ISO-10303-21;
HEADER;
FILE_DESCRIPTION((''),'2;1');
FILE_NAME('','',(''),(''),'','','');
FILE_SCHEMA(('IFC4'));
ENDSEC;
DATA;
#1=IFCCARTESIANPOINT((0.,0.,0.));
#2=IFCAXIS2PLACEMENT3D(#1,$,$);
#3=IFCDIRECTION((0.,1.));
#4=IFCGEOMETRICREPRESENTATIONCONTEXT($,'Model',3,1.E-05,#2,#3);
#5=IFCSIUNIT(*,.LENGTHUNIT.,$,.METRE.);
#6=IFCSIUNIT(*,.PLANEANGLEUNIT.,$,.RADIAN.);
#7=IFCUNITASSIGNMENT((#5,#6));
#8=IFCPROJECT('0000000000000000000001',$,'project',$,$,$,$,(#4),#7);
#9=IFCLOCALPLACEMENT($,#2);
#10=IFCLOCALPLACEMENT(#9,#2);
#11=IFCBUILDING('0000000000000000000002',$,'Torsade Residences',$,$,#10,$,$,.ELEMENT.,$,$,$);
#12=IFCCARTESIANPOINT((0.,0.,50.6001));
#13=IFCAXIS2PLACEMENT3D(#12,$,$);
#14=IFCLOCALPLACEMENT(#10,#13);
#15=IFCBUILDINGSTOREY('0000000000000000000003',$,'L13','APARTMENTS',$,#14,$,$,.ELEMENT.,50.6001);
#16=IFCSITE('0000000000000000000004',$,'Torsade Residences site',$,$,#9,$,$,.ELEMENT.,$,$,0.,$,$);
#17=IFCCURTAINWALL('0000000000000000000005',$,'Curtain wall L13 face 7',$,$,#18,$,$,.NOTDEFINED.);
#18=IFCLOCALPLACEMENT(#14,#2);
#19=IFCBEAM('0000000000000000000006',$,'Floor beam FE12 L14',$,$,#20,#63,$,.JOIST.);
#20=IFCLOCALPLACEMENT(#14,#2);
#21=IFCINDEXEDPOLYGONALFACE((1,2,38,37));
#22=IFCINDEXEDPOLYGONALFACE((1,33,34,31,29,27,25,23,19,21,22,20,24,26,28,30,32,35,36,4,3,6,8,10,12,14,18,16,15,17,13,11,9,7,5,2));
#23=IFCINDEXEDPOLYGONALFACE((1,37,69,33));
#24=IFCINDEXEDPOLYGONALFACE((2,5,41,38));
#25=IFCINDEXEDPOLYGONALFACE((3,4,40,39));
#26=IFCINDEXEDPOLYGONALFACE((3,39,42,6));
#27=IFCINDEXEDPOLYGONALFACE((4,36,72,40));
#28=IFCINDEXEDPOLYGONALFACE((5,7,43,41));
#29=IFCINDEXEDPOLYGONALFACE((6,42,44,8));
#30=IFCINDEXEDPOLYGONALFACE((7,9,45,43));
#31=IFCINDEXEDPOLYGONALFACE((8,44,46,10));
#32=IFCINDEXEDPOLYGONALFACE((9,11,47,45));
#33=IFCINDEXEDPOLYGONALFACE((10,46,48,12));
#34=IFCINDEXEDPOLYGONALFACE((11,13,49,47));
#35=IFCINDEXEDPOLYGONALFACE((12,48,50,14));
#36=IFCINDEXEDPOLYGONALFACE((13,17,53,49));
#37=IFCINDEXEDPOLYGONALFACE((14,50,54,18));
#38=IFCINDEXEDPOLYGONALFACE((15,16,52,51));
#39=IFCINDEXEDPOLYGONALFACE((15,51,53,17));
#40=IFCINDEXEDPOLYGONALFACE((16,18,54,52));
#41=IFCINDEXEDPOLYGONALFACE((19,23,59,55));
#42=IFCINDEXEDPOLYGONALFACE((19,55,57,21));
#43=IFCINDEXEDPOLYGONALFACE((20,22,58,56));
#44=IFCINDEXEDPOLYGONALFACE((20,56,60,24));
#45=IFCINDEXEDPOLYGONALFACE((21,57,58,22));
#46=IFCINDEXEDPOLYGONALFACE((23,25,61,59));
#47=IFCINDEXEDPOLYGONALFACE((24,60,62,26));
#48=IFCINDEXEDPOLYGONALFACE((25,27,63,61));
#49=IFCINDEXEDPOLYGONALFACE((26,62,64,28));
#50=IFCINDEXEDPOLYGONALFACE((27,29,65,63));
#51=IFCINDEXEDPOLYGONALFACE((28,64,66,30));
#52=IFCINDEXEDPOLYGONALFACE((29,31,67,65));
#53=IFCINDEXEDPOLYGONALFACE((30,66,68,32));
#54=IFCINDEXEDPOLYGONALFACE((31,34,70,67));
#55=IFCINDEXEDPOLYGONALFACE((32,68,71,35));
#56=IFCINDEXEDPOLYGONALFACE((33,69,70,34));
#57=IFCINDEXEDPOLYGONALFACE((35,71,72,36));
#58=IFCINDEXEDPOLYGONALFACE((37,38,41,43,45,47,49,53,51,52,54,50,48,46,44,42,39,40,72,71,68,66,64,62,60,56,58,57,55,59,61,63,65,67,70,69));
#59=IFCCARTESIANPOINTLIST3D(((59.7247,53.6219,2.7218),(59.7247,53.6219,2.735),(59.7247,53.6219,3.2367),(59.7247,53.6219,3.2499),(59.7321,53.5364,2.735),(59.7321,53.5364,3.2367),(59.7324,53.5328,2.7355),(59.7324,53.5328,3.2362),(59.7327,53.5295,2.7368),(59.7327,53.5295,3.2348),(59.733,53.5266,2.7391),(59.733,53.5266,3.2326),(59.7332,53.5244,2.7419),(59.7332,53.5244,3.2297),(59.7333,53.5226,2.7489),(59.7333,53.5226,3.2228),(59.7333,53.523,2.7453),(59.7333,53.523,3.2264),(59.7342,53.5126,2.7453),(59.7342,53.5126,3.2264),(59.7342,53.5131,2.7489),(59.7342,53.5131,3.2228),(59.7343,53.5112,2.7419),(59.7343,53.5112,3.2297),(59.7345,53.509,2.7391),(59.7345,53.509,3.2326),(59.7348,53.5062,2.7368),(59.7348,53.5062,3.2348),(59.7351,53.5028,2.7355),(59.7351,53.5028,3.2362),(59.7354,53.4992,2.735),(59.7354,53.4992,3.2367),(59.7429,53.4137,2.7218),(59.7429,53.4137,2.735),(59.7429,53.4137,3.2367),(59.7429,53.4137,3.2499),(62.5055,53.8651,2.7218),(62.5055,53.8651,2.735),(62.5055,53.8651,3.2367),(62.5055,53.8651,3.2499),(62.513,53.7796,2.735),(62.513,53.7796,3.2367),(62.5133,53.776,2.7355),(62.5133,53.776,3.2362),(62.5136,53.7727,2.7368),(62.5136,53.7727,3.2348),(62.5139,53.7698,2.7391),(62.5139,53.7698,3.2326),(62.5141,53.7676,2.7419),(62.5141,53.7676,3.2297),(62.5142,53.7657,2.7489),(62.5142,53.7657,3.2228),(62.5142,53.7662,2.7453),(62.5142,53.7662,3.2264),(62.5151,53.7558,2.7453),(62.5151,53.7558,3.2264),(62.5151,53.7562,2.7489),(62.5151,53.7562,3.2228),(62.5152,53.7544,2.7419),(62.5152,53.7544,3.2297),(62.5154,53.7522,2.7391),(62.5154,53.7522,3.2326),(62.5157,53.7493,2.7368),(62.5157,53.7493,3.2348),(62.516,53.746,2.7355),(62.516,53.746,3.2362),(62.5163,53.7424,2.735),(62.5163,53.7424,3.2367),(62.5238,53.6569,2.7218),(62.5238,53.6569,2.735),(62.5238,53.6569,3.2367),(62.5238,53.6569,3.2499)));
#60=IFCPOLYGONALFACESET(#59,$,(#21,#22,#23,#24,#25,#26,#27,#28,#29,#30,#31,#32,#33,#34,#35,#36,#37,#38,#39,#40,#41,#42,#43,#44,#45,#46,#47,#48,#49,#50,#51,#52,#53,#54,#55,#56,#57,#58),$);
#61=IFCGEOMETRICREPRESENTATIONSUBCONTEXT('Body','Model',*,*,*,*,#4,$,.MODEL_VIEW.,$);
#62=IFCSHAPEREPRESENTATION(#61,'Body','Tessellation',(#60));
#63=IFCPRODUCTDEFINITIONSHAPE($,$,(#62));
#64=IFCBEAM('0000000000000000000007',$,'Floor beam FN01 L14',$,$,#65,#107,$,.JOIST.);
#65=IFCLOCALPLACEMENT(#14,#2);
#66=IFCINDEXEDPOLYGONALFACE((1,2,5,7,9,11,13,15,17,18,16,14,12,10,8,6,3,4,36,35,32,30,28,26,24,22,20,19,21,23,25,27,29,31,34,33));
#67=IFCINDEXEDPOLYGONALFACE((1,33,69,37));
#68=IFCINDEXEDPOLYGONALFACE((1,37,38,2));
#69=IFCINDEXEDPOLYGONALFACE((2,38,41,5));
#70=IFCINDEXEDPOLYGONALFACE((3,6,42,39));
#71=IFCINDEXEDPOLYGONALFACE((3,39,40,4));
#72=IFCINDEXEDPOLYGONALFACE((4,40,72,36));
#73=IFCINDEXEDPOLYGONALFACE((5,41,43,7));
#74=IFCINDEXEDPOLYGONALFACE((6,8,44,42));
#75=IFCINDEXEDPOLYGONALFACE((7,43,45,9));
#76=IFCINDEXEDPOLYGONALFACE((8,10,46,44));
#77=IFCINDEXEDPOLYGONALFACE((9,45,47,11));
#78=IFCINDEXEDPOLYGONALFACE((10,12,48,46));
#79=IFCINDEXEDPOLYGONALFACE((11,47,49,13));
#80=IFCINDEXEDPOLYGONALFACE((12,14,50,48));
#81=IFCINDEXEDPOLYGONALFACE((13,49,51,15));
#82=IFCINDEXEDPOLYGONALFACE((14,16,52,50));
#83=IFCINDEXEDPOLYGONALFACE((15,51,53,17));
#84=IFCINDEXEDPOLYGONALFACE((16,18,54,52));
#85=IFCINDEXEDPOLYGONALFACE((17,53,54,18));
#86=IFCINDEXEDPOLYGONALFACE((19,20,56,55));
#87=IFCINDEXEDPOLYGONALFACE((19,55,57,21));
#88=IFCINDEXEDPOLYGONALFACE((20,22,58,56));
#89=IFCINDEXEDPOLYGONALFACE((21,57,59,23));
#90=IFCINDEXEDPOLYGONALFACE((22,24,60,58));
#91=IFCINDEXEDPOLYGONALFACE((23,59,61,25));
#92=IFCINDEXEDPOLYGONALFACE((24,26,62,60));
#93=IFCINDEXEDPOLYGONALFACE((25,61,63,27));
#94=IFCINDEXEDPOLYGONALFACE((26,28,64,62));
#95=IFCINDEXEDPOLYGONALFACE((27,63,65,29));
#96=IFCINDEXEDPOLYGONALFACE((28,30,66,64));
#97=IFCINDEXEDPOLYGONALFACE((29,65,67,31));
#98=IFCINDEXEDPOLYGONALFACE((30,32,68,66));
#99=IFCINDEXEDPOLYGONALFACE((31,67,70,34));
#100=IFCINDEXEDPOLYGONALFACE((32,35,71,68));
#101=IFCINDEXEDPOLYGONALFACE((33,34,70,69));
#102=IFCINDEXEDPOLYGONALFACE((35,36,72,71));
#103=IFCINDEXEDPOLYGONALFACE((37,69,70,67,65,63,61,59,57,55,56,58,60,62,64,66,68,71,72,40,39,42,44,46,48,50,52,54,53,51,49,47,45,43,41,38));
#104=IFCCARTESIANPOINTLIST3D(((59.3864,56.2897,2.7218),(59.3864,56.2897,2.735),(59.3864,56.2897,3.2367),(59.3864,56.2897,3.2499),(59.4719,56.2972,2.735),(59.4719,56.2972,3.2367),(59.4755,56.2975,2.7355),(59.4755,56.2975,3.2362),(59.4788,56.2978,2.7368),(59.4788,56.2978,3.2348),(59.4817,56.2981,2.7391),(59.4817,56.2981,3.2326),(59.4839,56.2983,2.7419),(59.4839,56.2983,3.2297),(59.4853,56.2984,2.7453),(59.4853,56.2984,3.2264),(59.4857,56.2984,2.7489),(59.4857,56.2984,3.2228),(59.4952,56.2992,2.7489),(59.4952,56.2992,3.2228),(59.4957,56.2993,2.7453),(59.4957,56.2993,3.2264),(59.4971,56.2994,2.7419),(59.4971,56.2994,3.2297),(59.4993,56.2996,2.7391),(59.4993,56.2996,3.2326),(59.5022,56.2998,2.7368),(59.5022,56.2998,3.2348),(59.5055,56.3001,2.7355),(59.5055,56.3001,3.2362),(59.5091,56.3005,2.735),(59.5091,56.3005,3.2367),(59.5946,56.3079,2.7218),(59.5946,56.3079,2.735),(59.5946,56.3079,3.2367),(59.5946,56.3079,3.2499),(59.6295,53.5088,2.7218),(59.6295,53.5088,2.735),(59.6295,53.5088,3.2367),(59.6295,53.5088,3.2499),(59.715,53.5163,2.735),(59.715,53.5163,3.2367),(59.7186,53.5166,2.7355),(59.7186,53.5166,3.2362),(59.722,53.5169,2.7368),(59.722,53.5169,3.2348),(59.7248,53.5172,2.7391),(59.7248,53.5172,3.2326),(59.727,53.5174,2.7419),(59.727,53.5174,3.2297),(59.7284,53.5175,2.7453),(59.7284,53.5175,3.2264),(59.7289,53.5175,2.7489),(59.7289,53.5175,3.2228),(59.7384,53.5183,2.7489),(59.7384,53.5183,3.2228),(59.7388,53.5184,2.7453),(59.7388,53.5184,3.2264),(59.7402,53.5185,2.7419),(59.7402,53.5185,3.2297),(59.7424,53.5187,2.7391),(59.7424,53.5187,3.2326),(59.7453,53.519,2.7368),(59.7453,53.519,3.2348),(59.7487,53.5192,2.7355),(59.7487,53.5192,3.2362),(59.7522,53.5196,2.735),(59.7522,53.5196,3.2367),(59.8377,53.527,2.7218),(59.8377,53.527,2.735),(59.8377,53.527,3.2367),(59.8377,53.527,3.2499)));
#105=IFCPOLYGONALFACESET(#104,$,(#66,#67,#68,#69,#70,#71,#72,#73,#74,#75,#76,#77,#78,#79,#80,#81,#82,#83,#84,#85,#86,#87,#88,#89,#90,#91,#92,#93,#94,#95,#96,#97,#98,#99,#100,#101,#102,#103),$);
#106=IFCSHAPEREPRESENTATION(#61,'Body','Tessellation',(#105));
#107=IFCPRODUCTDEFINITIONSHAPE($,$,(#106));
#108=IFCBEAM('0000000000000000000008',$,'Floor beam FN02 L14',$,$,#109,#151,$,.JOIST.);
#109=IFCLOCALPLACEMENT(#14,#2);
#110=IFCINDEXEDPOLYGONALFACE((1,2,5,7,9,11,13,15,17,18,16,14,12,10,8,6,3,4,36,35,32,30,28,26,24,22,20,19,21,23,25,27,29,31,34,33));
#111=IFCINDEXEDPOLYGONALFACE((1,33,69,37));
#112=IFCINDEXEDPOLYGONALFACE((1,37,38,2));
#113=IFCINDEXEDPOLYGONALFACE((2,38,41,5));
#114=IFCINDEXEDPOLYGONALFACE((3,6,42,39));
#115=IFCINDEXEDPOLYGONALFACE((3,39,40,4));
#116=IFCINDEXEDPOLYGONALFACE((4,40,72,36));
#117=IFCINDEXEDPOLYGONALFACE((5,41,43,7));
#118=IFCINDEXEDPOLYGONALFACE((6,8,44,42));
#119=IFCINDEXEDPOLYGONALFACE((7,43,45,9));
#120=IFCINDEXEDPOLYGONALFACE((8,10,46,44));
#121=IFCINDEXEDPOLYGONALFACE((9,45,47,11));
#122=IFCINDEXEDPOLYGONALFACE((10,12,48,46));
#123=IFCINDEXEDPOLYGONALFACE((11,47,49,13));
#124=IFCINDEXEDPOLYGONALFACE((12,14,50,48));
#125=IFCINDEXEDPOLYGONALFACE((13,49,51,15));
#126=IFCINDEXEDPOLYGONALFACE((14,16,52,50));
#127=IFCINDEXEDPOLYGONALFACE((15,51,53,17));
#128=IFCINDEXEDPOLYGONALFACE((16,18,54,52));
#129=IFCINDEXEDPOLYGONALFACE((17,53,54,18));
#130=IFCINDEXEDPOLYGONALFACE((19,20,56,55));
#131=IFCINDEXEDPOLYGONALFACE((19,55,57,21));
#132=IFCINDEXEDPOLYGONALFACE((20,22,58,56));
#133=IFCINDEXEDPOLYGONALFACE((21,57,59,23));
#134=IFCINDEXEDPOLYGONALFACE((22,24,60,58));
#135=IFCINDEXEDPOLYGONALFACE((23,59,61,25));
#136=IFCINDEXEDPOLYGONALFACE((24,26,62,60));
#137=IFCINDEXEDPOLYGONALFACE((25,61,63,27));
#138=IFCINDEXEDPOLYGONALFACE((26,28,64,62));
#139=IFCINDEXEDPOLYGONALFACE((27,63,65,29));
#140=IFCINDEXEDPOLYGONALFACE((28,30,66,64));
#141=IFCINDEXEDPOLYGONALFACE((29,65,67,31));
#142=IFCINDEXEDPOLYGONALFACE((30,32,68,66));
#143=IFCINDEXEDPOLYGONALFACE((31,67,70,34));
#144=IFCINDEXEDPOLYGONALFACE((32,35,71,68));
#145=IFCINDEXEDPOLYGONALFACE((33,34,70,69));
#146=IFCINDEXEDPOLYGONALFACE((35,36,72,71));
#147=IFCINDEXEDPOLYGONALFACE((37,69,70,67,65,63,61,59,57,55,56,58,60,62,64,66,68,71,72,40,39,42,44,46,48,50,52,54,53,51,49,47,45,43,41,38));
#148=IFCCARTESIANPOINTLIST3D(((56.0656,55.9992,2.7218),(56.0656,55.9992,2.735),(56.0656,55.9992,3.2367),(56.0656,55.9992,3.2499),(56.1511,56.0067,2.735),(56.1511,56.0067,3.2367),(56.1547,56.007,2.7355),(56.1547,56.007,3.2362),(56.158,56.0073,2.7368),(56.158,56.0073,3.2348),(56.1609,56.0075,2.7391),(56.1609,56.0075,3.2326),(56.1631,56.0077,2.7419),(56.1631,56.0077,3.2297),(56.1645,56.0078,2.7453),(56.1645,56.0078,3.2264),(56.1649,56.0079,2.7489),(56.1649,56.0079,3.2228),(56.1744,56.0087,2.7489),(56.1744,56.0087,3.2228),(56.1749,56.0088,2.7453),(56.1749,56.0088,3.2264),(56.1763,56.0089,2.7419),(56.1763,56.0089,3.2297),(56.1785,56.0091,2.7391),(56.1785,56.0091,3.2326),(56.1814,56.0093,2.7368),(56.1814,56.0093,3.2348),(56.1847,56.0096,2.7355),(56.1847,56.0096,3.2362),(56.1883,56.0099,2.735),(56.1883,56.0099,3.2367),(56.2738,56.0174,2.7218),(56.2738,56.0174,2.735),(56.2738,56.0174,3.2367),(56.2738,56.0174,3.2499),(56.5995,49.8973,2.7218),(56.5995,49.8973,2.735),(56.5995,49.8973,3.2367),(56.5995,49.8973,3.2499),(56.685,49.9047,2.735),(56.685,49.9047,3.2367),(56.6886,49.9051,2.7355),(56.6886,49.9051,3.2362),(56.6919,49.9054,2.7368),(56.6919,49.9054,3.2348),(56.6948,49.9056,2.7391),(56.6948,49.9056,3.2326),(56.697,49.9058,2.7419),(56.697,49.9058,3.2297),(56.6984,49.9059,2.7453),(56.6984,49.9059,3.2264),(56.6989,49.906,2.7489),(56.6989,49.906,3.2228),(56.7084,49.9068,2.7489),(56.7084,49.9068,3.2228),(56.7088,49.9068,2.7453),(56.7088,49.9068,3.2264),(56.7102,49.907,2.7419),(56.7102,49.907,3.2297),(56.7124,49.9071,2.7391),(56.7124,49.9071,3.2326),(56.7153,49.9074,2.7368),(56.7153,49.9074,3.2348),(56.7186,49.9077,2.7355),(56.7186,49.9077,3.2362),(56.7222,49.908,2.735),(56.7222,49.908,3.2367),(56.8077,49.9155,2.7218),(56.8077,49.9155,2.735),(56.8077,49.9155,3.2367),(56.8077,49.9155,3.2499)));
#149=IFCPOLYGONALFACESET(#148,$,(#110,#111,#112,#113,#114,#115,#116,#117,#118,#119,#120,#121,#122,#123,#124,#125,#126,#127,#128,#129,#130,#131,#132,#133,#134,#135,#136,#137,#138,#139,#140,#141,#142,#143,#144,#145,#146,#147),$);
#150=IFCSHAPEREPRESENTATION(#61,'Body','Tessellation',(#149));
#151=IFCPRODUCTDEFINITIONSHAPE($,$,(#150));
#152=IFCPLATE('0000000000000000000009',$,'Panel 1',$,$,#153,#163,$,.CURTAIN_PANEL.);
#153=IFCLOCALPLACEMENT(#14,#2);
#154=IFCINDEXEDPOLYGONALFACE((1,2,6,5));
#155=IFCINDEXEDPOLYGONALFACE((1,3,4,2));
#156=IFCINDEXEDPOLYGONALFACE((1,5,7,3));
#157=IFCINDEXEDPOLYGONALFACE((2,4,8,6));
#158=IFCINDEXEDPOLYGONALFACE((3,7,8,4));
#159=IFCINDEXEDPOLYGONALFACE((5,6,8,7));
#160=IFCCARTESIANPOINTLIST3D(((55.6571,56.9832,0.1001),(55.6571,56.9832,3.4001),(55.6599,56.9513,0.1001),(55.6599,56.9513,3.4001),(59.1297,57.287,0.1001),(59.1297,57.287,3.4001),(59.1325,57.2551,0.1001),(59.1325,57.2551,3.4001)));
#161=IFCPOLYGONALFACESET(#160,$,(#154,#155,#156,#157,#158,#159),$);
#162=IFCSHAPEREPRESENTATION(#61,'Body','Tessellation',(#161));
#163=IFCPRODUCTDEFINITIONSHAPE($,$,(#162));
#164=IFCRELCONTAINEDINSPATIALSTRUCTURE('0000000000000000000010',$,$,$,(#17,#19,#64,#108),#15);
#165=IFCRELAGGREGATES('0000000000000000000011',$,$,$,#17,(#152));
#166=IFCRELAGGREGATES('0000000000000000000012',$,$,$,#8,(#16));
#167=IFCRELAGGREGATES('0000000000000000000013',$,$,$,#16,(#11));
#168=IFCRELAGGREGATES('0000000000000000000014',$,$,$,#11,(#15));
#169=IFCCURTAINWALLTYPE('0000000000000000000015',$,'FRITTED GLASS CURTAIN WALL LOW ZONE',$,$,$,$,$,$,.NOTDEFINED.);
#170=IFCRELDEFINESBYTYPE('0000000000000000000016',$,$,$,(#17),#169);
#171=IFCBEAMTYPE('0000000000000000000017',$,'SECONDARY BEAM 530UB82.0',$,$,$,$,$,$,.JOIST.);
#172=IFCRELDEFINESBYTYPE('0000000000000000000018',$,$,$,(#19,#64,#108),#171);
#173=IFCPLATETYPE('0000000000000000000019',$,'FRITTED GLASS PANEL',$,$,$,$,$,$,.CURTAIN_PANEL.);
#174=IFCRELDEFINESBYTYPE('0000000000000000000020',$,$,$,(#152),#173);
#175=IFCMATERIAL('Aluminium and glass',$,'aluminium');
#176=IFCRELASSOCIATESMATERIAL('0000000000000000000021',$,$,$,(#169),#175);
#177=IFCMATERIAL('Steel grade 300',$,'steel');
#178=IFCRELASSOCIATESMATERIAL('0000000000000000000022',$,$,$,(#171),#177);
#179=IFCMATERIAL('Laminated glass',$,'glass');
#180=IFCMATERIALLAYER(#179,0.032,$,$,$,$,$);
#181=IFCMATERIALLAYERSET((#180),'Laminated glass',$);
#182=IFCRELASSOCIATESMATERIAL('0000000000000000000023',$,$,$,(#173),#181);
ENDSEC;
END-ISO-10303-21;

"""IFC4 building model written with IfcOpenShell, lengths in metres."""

from ifc_helpers import new_model, si_unit, direction, frame, origin, origin_2d, place, context, subcontext, project, spatial, rectangle, i_section, extrude, material, layer, layer_set, material_profile, profile_set, type_object, element, aggregate, save


model = new_model("IFC4")

# Units and contexts
model_context = context("Model", 3, precision=1e-05, world=origin(), true_north=direction((0.0, 1.0)))
body_context = subcontext(model_context, "Body", "Model", "MODEL_VIEW")
ifc_project = project(units=[si_unit("LENGTHUNIT", "METRE"), si_unit("PLANEANGLEUNIT", "RADIAN")], contexts=[model_context])

# Site, building, storey
site_placement = place(None, origin())
site = spatial("IfcSite", under=ifc_project, at=site_placement, Name="Torsade Residences site", CompositionType="ELEMENT", RefElevation=0.0)
building_placement = place(site_placement, origin())
building = spatial("IfcBuilding", under=site, at=building_placement, Name="Torsade Residences", CompositionType="ELEMENT")
storey_placement = place(building_placement, frame((0.0, 0.0, 50.6001)))
storey = spatial("IfcBuildingStorey", under=building, at=storey_placement, Name="L13", Description="APARTMENTS", CompositionType="ELEMENT", Elevation=50.6001)

# Curtain wall
ifc_material_1 = material(Name="Aluminium and glass", Category="aluminium")
curtain_wall_type = type_object("IfcCurtainWallType", Name="FRITTED GLASS CURTAIN WALL LOW ZONE", PredefinedType="NOTDEFINED", material=ifc_material_1)
curtain_wall_placement = place(storey_placement, origin())
curtain_wall = element("IfcCurtainWall", 1, at=curtain_wall_placement, inside=storey, type_object=curtain_wall_type, Name="Curtain wall L13 face 7", PredefinedType="NOTDEFINED")

# Beams
ifc_material_2 = material(Name="Steel grade 300", Category="steel")
ifc_material_profile_1 = material_profile(ifc_material_2, i_section(OverallWidth=0.209, OverallDepth=0.5281, WebThickness=0.0095, FlangeThickness=0.0132, FilletRadius=0.0139, at=origin_2d()), Name="530UB82.0")
ifc_profile_set_1 = profile_set([ifc_material_profile_1], Name="Steel grade 300")
beam_type_1 = type_object("IfcBeamType", Name="SECONDARY BEAM 530UB82.0", PredefinedType="JOIST", material=ifc_profile_set_1)
for number, where, z_axis, x_axis, name in (
    (2, (62.5146, 53.761, 2.9858), (-0.996199, -0.087105, 0.0), (0.087105, -0.996199, 0.0), "Floor beam FE12 L14"),
    (3, (59.4905, 56.2988, 2.9858), (0.087105, -0.996199, 0.0), (0.996199, 0.087105, 0.0), "Floor beam FN01 L14"),
):
    element("IfcBeam", number, at=place(storey_placement, frame(where, z_axis=z_axis, x_axis=x_axis)), inside=storey, type_object=beam_type_1, Name=name, PredefinedType="JOIST", context=body_context, shape_type="SweptSolid", body=[
        extrude(i_section(OverallWidth=0.209, OverallDepth=0.5281, WebThickness=0.0095, FlangeThickness=0.0132, FilletRadius=0.0139, at=origin_2d()), origin(), (0.0, 0.0, 1.0), 2.7915),
    ])
beam_1_placement = place(storey_placement, frame((56.1697, 56.0083, 2.9858), z_axis=(0.087171, -0.996193, 0.0), x_axis=(0.996193, 0.087171, 0.0)))
element("IfcBeam", 4, at=beam_1_placement, inside=storey, type_object=beam_type_1, Name="Floor beam FN02 L14", PredefinedType="JOIST", context=body_context, shape_type="SweptSolid", body=[
    extrude(i_section(OverallWidth=0.209, OverallDepth=0.5281, WebThickness=0.0095, FlangeThickness=0.0132, FilletRadius=0.0139, at=origin_2d()), origin(), (0.0, 0.0, 1.0), 6.1252),
])

# Plate
ifc_material_3 = material(Name="Laminated glass", Category="glass")
ifc_layer_1 = layer(ifc_material_3, 0.032)
ifc_layer_set_1 = layer_set([ifc_layer_1], Name="Laminated glass")
plate_type = type_object("IfcPlateType", Name="FRITTED GLASS PANEL", PredefinedType="CURTAIN_PANEL", material=ifc_layer_set_1)
plate_placement = place(storey_placement, frame((57.3948, 57.1191, 0.1001), z_axis=(0.0, 0.0, 1.0), x_axis=(-0.996195, -0.087156, 0.0)))
plate = element("IfcPlate", 5, at=plate_placement, type_object=plate_type, Name="Panel 1", PredefinedType="CURTAIN_PANEL", context=body_context, shape_type="SweptSolid", body=[
    extrude(rectangle(XDim=3.4858, YDim=0.032, at=origin_2d()), origin(), (0.0, 0.0, 1.0), 3.3),
])
aggregate(curtain_wall, [plate])

save(model, "model.ifc")
